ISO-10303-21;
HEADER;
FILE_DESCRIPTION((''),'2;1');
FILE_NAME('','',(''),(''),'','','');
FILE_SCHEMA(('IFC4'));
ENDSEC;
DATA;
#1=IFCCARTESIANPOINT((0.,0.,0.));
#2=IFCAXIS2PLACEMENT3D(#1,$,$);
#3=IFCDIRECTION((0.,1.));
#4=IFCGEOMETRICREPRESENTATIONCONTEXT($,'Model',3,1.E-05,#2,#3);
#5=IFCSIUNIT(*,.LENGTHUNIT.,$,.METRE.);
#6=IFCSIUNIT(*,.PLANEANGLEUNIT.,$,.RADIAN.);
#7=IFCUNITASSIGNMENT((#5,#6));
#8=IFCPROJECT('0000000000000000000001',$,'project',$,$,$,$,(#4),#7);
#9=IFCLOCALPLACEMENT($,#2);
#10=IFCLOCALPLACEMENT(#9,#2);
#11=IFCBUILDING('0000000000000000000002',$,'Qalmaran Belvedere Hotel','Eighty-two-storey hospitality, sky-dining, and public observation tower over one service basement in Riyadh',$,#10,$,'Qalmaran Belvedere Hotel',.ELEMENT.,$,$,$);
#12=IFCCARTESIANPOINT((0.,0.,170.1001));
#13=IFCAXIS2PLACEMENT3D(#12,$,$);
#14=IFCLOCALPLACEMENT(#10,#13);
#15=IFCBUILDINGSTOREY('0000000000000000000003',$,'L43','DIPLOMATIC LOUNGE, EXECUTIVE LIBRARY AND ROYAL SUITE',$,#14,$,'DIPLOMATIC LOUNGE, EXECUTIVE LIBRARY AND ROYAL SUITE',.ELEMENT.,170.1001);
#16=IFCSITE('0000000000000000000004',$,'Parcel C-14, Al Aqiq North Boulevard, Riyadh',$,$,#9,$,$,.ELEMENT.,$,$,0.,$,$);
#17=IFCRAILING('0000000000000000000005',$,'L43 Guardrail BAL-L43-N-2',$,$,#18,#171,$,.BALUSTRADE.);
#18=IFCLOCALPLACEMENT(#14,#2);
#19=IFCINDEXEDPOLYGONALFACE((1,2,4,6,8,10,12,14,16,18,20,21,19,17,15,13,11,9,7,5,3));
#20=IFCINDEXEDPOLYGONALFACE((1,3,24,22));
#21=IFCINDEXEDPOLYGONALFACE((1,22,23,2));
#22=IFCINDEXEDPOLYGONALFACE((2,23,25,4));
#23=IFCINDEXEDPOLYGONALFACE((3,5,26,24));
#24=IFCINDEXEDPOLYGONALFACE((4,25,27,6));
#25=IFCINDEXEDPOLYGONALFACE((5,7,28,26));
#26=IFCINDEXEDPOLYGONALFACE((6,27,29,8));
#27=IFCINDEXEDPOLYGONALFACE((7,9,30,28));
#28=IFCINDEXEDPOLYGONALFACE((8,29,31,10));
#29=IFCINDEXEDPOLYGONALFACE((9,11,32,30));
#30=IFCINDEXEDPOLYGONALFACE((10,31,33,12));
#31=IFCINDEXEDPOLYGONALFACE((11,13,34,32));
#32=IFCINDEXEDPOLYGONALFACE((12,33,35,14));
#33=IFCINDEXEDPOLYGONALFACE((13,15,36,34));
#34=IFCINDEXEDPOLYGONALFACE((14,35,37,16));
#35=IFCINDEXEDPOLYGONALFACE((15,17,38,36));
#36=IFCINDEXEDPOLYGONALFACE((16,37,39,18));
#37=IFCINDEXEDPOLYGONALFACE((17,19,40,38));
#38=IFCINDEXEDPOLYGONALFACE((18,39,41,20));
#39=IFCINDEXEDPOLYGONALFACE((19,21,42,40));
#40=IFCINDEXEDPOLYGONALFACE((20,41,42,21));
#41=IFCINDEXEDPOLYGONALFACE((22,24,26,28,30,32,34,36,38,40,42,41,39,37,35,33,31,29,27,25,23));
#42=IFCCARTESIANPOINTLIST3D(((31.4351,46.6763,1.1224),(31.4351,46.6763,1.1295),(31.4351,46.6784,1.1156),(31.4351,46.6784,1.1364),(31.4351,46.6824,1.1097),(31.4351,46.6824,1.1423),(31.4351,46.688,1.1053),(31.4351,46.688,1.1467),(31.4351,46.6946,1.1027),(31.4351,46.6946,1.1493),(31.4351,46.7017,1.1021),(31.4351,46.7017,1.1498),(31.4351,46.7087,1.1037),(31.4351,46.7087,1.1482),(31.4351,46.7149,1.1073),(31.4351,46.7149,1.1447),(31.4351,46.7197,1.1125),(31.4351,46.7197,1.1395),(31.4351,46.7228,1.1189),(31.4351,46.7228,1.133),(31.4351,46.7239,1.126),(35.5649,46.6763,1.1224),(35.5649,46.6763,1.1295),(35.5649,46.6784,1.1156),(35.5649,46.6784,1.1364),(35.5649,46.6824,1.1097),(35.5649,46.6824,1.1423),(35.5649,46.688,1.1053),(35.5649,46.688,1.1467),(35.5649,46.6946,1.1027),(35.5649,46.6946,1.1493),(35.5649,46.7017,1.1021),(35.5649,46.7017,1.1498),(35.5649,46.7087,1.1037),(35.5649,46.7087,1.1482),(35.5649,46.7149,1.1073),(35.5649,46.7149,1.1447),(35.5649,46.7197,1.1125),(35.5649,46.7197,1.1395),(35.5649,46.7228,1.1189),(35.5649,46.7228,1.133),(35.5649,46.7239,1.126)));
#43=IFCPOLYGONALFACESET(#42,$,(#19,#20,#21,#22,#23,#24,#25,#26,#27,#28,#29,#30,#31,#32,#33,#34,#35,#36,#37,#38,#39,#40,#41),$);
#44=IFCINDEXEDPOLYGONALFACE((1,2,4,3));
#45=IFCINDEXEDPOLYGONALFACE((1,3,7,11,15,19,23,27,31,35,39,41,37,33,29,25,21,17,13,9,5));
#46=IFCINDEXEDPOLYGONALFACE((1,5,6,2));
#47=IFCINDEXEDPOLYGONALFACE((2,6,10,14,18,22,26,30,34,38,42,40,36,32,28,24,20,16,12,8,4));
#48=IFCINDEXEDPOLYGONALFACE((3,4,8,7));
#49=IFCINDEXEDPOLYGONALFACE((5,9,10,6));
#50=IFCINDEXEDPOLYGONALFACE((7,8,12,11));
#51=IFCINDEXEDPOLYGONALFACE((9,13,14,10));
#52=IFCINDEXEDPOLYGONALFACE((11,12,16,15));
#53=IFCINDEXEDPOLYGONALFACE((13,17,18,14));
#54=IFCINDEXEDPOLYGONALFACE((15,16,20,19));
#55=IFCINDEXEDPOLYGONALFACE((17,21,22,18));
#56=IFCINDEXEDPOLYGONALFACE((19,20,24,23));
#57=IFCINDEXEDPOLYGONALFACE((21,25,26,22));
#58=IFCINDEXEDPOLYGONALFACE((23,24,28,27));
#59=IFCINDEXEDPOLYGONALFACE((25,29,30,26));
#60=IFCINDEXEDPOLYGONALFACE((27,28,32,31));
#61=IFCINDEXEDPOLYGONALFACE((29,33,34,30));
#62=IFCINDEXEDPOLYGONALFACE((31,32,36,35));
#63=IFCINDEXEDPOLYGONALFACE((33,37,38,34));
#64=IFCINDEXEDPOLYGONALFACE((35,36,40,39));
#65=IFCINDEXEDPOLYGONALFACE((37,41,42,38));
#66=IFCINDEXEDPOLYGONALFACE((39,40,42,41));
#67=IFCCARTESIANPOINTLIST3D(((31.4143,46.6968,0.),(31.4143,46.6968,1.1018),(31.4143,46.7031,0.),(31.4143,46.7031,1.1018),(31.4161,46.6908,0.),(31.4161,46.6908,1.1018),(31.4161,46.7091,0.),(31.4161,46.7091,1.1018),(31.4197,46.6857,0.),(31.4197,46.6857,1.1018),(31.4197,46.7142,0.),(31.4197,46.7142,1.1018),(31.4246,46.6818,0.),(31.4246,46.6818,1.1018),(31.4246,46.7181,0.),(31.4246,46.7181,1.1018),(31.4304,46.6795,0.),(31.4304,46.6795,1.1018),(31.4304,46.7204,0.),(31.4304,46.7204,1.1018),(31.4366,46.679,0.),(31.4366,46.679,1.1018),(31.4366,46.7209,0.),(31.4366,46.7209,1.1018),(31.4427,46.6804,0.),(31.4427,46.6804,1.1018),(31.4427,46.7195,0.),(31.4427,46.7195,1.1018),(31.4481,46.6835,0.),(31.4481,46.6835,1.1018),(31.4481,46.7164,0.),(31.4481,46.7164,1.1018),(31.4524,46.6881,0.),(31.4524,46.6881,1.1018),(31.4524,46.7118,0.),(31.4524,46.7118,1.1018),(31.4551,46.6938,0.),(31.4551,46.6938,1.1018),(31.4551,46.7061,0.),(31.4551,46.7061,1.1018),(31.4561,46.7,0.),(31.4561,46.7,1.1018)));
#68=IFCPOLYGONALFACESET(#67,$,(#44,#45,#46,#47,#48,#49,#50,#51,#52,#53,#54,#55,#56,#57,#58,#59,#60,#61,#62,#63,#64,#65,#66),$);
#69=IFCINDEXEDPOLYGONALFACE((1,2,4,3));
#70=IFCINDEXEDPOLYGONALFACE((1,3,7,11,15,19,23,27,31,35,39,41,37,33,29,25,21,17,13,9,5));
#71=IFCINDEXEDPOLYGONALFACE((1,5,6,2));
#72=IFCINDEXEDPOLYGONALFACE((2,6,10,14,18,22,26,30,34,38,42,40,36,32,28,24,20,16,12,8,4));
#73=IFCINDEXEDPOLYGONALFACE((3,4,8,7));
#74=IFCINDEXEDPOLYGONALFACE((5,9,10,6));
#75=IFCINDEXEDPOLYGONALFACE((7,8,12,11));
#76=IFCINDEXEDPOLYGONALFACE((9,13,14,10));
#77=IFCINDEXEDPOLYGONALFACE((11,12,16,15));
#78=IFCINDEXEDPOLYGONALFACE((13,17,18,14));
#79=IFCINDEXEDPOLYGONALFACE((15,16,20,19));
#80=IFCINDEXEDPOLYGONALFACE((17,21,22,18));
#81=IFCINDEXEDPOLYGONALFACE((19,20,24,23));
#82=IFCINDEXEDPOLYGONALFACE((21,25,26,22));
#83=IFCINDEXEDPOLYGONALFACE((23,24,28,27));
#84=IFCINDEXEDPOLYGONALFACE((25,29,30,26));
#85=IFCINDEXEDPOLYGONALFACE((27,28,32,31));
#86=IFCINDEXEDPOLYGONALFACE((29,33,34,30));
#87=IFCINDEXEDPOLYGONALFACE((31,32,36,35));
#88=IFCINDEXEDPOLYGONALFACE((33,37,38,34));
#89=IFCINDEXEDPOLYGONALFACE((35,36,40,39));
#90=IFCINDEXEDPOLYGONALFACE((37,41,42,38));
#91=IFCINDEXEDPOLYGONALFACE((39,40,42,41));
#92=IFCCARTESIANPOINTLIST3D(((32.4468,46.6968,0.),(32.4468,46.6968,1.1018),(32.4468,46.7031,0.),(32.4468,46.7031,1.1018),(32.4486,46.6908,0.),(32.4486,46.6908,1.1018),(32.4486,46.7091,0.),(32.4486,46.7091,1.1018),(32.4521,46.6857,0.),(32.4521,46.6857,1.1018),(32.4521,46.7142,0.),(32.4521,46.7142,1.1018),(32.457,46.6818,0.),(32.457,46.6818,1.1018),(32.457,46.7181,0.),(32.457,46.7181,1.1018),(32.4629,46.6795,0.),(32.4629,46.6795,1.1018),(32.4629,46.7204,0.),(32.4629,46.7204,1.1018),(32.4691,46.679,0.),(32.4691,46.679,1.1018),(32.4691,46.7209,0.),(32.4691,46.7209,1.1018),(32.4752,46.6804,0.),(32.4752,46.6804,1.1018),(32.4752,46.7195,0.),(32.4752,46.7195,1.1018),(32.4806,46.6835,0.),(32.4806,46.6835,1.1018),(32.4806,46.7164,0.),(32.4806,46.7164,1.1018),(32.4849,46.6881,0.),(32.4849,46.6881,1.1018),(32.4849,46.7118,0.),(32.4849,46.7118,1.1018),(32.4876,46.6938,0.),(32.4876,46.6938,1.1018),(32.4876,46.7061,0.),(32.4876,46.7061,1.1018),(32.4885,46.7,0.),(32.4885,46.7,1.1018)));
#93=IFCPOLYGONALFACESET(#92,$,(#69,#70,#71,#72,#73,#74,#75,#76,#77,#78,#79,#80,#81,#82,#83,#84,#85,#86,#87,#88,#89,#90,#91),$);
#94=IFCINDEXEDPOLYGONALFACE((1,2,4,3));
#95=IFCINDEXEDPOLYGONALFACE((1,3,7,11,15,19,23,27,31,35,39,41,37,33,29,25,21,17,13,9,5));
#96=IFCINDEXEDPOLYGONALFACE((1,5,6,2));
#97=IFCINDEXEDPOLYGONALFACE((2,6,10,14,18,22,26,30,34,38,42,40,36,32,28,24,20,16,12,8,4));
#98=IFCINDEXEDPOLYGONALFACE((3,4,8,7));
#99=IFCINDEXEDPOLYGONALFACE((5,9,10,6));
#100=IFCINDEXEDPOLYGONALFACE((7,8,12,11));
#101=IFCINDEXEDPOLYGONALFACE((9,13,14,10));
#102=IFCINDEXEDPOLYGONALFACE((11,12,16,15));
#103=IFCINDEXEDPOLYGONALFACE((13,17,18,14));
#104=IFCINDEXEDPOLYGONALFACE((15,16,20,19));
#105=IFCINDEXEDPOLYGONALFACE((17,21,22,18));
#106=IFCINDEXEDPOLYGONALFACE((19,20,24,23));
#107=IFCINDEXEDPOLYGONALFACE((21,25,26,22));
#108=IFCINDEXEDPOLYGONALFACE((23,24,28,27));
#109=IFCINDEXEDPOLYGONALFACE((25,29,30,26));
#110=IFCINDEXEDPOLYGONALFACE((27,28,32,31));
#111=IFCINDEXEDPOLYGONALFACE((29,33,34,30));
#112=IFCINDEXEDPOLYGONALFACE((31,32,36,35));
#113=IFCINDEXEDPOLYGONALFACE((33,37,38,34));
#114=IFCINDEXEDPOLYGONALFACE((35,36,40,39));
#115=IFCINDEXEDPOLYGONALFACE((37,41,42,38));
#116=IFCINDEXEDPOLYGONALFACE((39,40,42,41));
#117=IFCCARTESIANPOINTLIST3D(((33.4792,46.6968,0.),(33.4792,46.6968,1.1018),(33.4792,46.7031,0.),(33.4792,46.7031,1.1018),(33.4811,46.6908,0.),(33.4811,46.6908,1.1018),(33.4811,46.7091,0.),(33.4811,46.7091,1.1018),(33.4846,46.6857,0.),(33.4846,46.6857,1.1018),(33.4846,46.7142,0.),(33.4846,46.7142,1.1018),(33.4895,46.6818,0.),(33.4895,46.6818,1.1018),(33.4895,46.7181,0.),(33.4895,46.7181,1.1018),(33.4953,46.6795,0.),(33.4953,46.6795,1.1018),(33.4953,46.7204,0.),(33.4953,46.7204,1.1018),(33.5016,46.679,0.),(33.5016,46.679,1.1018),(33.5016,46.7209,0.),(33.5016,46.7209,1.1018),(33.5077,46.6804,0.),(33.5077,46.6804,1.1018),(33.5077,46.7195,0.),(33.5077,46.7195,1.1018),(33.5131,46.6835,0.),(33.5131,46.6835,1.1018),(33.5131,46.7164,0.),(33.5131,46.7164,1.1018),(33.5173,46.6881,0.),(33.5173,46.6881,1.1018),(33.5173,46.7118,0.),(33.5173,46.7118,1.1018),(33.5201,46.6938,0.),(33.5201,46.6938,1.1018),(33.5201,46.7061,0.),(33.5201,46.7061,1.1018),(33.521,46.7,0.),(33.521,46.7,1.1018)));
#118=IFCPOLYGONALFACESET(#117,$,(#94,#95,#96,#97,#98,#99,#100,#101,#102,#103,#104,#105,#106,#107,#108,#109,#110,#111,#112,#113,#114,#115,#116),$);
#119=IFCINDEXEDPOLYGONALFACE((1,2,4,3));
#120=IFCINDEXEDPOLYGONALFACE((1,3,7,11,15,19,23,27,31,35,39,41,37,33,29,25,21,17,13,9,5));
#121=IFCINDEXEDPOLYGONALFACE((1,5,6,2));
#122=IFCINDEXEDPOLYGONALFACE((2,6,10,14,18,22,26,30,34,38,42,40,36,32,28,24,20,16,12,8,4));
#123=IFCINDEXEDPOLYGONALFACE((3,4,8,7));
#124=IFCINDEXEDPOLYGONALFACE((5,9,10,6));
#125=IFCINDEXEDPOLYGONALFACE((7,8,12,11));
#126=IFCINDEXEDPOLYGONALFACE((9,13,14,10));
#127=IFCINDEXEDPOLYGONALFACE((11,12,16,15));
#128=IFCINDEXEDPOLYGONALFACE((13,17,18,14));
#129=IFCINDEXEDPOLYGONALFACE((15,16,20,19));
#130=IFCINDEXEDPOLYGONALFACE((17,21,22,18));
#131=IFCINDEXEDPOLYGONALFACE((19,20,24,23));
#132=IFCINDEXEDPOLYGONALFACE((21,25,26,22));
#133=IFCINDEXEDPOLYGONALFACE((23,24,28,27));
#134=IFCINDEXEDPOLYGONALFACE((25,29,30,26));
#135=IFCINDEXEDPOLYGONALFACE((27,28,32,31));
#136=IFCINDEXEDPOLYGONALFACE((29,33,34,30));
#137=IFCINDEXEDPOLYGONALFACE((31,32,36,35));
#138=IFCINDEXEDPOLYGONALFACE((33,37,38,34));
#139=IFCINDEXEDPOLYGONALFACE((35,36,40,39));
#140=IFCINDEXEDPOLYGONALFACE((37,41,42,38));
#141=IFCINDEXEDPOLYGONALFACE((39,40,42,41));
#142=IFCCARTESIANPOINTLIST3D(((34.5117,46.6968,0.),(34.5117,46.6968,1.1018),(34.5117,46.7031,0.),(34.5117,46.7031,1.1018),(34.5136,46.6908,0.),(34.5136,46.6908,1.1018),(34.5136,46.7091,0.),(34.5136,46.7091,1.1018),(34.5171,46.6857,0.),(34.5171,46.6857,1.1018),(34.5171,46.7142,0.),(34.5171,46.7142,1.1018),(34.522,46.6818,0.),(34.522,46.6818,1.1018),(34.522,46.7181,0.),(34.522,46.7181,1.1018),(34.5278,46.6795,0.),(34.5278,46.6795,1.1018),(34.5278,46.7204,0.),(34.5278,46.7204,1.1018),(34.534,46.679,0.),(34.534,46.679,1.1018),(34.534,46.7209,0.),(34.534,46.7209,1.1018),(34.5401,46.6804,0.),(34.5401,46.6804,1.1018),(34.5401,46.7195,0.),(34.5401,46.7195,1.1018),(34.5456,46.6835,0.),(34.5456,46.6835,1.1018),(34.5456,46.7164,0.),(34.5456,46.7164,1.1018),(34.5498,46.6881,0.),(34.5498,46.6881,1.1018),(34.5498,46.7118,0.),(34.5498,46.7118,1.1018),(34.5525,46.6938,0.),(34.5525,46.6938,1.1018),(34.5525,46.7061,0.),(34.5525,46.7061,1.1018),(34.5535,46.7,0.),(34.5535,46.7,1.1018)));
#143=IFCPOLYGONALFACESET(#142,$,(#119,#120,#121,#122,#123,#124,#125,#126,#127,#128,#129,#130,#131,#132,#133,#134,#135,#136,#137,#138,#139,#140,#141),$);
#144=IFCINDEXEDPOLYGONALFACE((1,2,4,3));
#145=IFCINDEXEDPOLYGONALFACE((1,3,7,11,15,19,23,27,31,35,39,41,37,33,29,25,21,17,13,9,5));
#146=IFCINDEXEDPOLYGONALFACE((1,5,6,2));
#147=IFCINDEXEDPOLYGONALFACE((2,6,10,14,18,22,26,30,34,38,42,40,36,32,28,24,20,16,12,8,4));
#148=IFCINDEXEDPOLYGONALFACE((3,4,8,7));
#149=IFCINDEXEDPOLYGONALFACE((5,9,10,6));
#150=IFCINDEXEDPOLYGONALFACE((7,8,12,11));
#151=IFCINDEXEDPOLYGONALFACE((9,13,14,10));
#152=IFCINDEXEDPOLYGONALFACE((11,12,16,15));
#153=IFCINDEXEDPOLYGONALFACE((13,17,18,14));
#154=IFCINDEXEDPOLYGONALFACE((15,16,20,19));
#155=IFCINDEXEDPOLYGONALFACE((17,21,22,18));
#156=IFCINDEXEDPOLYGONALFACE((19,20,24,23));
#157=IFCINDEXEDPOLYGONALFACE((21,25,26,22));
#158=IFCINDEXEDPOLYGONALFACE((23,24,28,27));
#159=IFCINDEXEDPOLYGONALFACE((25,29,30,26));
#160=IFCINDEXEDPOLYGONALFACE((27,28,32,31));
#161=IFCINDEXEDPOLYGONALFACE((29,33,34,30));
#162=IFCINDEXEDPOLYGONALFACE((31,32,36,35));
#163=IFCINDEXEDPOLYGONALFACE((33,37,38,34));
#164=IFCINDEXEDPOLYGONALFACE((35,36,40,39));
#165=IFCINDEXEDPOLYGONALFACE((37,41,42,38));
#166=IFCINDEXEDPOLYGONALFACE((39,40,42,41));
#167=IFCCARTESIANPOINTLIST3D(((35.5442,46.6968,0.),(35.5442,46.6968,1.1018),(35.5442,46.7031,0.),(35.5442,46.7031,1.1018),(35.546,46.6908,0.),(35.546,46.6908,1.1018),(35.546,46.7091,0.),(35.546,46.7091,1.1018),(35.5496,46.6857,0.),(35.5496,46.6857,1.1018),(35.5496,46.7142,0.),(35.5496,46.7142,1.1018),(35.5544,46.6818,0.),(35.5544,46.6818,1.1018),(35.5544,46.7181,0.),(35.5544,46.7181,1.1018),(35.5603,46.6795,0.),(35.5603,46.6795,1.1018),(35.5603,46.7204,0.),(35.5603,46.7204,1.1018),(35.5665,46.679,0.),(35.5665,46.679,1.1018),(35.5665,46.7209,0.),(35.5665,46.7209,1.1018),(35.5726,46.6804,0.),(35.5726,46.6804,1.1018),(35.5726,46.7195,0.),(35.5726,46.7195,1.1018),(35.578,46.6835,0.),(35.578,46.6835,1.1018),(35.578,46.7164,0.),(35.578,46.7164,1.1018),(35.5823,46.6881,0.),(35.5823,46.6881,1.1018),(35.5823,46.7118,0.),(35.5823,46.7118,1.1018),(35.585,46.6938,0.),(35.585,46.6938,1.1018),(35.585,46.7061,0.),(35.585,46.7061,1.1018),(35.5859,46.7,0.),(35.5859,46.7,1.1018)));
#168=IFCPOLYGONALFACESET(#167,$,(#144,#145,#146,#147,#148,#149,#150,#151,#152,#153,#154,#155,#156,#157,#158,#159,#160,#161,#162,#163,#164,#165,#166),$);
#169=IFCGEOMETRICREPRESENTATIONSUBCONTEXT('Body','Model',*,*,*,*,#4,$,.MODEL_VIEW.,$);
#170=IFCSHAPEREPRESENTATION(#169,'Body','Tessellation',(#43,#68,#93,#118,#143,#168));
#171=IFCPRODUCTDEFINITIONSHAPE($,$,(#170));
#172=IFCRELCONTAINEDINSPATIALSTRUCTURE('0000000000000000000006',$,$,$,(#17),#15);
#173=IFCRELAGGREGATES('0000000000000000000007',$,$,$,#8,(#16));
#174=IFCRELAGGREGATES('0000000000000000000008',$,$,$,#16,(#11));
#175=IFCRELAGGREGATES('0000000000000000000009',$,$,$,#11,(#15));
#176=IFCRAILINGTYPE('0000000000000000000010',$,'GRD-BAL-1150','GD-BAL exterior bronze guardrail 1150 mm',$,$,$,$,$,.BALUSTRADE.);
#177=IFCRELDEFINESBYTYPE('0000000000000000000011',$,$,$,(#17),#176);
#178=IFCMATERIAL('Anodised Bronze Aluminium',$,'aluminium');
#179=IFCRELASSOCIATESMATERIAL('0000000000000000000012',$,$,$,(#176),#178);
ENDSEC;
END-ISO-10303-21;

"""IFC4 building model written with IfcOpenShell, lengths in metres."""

from ifc_helpers import new_model, si_unit, direction, frame, origin, origin_2d, place, context, subcontext, project, spatial, circle, extrude, material, type_object, element, save


model = new_model("IFC4")

# Units and contexts
model_context = context("Model", 3, precision=1e-05, world=origin(), true_north=direction((0.0, 1.0)))
body_context = subcontext(model_context, "Body", "Model", "MODEL_VIEW")
ifc_project = project(units=[si_unit("LENGTHUNIT", "METRE"), si_unit("PLANEANGLEUNIT", "RADIAN")], contexts=[model_context])

# Site, building, storey
site_placement = place(None, origin())
site = spatial("IfcSite", under=ifc_project, at=site_placement, Name="Parcel C-14, Al Aqiq North Boulevard, Riyadh", CompositionType="ELEMENT", RefElevation=0.0)
building_placement = place(site_placement, origin())
building = spatial("IfcBuilding", under=site, at=building_placement, Name="Qalmaran Belvedere Hotel", Description="Eighty-two-storey hospitality, sky-dining, and public observation tower over one service basement in Riyadh", LongName="Qalmaran Belvedere Hotel", CompositionType="ELEMENT")
storey_placement = place(building_placement, frame((0.0, 0.0, 170.1001)))
storey = spatial("IfcBuildingStorey", under=building, at=storey_placement, Name="L43", Description="DIPLOMATIC LOUNGE, EXECUTIVE LIBRARY AND ROYAL SUITE", LongName="DIPLOMATIC LOUNGE, EXECUTIVE LIBRARY AND ROYAL SUITE", CompositionType="ELEMENT", Elevation=170.1001)

# Shared definitions
ifc_material_1 = material(Name="Anodised Bronze Aluminium", Category="aluminium")

# Railing
railing_type = type_object("IfcRailingType", Name="GRD-BAL-1150", Description="GD-BAL exterior bronze guardrail 1150 mm", PredefinedType="BALUSTRADE", material=ifc_material_1)
railing_1_placement = place(storey_placement, frame((31.4351, 46.7, 0.0)))
element("IfcRailing", 1, at=railing_1_placement, inside=storey, type_object=railing_type, Name="L43 Guardrail BAL-L43-N-2", PredefinedType="BALUSTRADE", context=body_context, shape_type="SweptSolid", body=[
    extrude(circle(Radius=0.0239, at=origin_2d()), frame((0.0, 0.0, 1.126), z_axis=(1.0, 0.0, 0.0), x_axis=(0.0, 1.0, 0.0)), (0.0, 0.0, 1.0), 4.1299),
    extrude(circle(Radius=0.021, at=origin_2d()), origin(), (0.0, 0.0, 1.0), 1.1018),
    extrude(circle(Radius=0.021, at=origin_2d()), frame((1.0325, 0.0, 0.0)), (0.0, 0.0, 1.0), 1.1018),
    extrude(circle(Radius=0.021, at=origin_2d()), frame((2.0649, 0.0, 0.0)), (0.0, 0.0, 1.0), 1.1018),
    extrude(circle(Radius=0.021, at=origin_2d()), frame((3.0974, 0.0, 0.0)), (0.0, 0.0, 1.0), 1.1018),
    extrude(circle(Radius=0.021, at=origin_2d()), frame((4.1299, 0.0, 0.0)), (0.0, 0.0, 1.0), 1.1018),
])

save(model, "model.ifc")
